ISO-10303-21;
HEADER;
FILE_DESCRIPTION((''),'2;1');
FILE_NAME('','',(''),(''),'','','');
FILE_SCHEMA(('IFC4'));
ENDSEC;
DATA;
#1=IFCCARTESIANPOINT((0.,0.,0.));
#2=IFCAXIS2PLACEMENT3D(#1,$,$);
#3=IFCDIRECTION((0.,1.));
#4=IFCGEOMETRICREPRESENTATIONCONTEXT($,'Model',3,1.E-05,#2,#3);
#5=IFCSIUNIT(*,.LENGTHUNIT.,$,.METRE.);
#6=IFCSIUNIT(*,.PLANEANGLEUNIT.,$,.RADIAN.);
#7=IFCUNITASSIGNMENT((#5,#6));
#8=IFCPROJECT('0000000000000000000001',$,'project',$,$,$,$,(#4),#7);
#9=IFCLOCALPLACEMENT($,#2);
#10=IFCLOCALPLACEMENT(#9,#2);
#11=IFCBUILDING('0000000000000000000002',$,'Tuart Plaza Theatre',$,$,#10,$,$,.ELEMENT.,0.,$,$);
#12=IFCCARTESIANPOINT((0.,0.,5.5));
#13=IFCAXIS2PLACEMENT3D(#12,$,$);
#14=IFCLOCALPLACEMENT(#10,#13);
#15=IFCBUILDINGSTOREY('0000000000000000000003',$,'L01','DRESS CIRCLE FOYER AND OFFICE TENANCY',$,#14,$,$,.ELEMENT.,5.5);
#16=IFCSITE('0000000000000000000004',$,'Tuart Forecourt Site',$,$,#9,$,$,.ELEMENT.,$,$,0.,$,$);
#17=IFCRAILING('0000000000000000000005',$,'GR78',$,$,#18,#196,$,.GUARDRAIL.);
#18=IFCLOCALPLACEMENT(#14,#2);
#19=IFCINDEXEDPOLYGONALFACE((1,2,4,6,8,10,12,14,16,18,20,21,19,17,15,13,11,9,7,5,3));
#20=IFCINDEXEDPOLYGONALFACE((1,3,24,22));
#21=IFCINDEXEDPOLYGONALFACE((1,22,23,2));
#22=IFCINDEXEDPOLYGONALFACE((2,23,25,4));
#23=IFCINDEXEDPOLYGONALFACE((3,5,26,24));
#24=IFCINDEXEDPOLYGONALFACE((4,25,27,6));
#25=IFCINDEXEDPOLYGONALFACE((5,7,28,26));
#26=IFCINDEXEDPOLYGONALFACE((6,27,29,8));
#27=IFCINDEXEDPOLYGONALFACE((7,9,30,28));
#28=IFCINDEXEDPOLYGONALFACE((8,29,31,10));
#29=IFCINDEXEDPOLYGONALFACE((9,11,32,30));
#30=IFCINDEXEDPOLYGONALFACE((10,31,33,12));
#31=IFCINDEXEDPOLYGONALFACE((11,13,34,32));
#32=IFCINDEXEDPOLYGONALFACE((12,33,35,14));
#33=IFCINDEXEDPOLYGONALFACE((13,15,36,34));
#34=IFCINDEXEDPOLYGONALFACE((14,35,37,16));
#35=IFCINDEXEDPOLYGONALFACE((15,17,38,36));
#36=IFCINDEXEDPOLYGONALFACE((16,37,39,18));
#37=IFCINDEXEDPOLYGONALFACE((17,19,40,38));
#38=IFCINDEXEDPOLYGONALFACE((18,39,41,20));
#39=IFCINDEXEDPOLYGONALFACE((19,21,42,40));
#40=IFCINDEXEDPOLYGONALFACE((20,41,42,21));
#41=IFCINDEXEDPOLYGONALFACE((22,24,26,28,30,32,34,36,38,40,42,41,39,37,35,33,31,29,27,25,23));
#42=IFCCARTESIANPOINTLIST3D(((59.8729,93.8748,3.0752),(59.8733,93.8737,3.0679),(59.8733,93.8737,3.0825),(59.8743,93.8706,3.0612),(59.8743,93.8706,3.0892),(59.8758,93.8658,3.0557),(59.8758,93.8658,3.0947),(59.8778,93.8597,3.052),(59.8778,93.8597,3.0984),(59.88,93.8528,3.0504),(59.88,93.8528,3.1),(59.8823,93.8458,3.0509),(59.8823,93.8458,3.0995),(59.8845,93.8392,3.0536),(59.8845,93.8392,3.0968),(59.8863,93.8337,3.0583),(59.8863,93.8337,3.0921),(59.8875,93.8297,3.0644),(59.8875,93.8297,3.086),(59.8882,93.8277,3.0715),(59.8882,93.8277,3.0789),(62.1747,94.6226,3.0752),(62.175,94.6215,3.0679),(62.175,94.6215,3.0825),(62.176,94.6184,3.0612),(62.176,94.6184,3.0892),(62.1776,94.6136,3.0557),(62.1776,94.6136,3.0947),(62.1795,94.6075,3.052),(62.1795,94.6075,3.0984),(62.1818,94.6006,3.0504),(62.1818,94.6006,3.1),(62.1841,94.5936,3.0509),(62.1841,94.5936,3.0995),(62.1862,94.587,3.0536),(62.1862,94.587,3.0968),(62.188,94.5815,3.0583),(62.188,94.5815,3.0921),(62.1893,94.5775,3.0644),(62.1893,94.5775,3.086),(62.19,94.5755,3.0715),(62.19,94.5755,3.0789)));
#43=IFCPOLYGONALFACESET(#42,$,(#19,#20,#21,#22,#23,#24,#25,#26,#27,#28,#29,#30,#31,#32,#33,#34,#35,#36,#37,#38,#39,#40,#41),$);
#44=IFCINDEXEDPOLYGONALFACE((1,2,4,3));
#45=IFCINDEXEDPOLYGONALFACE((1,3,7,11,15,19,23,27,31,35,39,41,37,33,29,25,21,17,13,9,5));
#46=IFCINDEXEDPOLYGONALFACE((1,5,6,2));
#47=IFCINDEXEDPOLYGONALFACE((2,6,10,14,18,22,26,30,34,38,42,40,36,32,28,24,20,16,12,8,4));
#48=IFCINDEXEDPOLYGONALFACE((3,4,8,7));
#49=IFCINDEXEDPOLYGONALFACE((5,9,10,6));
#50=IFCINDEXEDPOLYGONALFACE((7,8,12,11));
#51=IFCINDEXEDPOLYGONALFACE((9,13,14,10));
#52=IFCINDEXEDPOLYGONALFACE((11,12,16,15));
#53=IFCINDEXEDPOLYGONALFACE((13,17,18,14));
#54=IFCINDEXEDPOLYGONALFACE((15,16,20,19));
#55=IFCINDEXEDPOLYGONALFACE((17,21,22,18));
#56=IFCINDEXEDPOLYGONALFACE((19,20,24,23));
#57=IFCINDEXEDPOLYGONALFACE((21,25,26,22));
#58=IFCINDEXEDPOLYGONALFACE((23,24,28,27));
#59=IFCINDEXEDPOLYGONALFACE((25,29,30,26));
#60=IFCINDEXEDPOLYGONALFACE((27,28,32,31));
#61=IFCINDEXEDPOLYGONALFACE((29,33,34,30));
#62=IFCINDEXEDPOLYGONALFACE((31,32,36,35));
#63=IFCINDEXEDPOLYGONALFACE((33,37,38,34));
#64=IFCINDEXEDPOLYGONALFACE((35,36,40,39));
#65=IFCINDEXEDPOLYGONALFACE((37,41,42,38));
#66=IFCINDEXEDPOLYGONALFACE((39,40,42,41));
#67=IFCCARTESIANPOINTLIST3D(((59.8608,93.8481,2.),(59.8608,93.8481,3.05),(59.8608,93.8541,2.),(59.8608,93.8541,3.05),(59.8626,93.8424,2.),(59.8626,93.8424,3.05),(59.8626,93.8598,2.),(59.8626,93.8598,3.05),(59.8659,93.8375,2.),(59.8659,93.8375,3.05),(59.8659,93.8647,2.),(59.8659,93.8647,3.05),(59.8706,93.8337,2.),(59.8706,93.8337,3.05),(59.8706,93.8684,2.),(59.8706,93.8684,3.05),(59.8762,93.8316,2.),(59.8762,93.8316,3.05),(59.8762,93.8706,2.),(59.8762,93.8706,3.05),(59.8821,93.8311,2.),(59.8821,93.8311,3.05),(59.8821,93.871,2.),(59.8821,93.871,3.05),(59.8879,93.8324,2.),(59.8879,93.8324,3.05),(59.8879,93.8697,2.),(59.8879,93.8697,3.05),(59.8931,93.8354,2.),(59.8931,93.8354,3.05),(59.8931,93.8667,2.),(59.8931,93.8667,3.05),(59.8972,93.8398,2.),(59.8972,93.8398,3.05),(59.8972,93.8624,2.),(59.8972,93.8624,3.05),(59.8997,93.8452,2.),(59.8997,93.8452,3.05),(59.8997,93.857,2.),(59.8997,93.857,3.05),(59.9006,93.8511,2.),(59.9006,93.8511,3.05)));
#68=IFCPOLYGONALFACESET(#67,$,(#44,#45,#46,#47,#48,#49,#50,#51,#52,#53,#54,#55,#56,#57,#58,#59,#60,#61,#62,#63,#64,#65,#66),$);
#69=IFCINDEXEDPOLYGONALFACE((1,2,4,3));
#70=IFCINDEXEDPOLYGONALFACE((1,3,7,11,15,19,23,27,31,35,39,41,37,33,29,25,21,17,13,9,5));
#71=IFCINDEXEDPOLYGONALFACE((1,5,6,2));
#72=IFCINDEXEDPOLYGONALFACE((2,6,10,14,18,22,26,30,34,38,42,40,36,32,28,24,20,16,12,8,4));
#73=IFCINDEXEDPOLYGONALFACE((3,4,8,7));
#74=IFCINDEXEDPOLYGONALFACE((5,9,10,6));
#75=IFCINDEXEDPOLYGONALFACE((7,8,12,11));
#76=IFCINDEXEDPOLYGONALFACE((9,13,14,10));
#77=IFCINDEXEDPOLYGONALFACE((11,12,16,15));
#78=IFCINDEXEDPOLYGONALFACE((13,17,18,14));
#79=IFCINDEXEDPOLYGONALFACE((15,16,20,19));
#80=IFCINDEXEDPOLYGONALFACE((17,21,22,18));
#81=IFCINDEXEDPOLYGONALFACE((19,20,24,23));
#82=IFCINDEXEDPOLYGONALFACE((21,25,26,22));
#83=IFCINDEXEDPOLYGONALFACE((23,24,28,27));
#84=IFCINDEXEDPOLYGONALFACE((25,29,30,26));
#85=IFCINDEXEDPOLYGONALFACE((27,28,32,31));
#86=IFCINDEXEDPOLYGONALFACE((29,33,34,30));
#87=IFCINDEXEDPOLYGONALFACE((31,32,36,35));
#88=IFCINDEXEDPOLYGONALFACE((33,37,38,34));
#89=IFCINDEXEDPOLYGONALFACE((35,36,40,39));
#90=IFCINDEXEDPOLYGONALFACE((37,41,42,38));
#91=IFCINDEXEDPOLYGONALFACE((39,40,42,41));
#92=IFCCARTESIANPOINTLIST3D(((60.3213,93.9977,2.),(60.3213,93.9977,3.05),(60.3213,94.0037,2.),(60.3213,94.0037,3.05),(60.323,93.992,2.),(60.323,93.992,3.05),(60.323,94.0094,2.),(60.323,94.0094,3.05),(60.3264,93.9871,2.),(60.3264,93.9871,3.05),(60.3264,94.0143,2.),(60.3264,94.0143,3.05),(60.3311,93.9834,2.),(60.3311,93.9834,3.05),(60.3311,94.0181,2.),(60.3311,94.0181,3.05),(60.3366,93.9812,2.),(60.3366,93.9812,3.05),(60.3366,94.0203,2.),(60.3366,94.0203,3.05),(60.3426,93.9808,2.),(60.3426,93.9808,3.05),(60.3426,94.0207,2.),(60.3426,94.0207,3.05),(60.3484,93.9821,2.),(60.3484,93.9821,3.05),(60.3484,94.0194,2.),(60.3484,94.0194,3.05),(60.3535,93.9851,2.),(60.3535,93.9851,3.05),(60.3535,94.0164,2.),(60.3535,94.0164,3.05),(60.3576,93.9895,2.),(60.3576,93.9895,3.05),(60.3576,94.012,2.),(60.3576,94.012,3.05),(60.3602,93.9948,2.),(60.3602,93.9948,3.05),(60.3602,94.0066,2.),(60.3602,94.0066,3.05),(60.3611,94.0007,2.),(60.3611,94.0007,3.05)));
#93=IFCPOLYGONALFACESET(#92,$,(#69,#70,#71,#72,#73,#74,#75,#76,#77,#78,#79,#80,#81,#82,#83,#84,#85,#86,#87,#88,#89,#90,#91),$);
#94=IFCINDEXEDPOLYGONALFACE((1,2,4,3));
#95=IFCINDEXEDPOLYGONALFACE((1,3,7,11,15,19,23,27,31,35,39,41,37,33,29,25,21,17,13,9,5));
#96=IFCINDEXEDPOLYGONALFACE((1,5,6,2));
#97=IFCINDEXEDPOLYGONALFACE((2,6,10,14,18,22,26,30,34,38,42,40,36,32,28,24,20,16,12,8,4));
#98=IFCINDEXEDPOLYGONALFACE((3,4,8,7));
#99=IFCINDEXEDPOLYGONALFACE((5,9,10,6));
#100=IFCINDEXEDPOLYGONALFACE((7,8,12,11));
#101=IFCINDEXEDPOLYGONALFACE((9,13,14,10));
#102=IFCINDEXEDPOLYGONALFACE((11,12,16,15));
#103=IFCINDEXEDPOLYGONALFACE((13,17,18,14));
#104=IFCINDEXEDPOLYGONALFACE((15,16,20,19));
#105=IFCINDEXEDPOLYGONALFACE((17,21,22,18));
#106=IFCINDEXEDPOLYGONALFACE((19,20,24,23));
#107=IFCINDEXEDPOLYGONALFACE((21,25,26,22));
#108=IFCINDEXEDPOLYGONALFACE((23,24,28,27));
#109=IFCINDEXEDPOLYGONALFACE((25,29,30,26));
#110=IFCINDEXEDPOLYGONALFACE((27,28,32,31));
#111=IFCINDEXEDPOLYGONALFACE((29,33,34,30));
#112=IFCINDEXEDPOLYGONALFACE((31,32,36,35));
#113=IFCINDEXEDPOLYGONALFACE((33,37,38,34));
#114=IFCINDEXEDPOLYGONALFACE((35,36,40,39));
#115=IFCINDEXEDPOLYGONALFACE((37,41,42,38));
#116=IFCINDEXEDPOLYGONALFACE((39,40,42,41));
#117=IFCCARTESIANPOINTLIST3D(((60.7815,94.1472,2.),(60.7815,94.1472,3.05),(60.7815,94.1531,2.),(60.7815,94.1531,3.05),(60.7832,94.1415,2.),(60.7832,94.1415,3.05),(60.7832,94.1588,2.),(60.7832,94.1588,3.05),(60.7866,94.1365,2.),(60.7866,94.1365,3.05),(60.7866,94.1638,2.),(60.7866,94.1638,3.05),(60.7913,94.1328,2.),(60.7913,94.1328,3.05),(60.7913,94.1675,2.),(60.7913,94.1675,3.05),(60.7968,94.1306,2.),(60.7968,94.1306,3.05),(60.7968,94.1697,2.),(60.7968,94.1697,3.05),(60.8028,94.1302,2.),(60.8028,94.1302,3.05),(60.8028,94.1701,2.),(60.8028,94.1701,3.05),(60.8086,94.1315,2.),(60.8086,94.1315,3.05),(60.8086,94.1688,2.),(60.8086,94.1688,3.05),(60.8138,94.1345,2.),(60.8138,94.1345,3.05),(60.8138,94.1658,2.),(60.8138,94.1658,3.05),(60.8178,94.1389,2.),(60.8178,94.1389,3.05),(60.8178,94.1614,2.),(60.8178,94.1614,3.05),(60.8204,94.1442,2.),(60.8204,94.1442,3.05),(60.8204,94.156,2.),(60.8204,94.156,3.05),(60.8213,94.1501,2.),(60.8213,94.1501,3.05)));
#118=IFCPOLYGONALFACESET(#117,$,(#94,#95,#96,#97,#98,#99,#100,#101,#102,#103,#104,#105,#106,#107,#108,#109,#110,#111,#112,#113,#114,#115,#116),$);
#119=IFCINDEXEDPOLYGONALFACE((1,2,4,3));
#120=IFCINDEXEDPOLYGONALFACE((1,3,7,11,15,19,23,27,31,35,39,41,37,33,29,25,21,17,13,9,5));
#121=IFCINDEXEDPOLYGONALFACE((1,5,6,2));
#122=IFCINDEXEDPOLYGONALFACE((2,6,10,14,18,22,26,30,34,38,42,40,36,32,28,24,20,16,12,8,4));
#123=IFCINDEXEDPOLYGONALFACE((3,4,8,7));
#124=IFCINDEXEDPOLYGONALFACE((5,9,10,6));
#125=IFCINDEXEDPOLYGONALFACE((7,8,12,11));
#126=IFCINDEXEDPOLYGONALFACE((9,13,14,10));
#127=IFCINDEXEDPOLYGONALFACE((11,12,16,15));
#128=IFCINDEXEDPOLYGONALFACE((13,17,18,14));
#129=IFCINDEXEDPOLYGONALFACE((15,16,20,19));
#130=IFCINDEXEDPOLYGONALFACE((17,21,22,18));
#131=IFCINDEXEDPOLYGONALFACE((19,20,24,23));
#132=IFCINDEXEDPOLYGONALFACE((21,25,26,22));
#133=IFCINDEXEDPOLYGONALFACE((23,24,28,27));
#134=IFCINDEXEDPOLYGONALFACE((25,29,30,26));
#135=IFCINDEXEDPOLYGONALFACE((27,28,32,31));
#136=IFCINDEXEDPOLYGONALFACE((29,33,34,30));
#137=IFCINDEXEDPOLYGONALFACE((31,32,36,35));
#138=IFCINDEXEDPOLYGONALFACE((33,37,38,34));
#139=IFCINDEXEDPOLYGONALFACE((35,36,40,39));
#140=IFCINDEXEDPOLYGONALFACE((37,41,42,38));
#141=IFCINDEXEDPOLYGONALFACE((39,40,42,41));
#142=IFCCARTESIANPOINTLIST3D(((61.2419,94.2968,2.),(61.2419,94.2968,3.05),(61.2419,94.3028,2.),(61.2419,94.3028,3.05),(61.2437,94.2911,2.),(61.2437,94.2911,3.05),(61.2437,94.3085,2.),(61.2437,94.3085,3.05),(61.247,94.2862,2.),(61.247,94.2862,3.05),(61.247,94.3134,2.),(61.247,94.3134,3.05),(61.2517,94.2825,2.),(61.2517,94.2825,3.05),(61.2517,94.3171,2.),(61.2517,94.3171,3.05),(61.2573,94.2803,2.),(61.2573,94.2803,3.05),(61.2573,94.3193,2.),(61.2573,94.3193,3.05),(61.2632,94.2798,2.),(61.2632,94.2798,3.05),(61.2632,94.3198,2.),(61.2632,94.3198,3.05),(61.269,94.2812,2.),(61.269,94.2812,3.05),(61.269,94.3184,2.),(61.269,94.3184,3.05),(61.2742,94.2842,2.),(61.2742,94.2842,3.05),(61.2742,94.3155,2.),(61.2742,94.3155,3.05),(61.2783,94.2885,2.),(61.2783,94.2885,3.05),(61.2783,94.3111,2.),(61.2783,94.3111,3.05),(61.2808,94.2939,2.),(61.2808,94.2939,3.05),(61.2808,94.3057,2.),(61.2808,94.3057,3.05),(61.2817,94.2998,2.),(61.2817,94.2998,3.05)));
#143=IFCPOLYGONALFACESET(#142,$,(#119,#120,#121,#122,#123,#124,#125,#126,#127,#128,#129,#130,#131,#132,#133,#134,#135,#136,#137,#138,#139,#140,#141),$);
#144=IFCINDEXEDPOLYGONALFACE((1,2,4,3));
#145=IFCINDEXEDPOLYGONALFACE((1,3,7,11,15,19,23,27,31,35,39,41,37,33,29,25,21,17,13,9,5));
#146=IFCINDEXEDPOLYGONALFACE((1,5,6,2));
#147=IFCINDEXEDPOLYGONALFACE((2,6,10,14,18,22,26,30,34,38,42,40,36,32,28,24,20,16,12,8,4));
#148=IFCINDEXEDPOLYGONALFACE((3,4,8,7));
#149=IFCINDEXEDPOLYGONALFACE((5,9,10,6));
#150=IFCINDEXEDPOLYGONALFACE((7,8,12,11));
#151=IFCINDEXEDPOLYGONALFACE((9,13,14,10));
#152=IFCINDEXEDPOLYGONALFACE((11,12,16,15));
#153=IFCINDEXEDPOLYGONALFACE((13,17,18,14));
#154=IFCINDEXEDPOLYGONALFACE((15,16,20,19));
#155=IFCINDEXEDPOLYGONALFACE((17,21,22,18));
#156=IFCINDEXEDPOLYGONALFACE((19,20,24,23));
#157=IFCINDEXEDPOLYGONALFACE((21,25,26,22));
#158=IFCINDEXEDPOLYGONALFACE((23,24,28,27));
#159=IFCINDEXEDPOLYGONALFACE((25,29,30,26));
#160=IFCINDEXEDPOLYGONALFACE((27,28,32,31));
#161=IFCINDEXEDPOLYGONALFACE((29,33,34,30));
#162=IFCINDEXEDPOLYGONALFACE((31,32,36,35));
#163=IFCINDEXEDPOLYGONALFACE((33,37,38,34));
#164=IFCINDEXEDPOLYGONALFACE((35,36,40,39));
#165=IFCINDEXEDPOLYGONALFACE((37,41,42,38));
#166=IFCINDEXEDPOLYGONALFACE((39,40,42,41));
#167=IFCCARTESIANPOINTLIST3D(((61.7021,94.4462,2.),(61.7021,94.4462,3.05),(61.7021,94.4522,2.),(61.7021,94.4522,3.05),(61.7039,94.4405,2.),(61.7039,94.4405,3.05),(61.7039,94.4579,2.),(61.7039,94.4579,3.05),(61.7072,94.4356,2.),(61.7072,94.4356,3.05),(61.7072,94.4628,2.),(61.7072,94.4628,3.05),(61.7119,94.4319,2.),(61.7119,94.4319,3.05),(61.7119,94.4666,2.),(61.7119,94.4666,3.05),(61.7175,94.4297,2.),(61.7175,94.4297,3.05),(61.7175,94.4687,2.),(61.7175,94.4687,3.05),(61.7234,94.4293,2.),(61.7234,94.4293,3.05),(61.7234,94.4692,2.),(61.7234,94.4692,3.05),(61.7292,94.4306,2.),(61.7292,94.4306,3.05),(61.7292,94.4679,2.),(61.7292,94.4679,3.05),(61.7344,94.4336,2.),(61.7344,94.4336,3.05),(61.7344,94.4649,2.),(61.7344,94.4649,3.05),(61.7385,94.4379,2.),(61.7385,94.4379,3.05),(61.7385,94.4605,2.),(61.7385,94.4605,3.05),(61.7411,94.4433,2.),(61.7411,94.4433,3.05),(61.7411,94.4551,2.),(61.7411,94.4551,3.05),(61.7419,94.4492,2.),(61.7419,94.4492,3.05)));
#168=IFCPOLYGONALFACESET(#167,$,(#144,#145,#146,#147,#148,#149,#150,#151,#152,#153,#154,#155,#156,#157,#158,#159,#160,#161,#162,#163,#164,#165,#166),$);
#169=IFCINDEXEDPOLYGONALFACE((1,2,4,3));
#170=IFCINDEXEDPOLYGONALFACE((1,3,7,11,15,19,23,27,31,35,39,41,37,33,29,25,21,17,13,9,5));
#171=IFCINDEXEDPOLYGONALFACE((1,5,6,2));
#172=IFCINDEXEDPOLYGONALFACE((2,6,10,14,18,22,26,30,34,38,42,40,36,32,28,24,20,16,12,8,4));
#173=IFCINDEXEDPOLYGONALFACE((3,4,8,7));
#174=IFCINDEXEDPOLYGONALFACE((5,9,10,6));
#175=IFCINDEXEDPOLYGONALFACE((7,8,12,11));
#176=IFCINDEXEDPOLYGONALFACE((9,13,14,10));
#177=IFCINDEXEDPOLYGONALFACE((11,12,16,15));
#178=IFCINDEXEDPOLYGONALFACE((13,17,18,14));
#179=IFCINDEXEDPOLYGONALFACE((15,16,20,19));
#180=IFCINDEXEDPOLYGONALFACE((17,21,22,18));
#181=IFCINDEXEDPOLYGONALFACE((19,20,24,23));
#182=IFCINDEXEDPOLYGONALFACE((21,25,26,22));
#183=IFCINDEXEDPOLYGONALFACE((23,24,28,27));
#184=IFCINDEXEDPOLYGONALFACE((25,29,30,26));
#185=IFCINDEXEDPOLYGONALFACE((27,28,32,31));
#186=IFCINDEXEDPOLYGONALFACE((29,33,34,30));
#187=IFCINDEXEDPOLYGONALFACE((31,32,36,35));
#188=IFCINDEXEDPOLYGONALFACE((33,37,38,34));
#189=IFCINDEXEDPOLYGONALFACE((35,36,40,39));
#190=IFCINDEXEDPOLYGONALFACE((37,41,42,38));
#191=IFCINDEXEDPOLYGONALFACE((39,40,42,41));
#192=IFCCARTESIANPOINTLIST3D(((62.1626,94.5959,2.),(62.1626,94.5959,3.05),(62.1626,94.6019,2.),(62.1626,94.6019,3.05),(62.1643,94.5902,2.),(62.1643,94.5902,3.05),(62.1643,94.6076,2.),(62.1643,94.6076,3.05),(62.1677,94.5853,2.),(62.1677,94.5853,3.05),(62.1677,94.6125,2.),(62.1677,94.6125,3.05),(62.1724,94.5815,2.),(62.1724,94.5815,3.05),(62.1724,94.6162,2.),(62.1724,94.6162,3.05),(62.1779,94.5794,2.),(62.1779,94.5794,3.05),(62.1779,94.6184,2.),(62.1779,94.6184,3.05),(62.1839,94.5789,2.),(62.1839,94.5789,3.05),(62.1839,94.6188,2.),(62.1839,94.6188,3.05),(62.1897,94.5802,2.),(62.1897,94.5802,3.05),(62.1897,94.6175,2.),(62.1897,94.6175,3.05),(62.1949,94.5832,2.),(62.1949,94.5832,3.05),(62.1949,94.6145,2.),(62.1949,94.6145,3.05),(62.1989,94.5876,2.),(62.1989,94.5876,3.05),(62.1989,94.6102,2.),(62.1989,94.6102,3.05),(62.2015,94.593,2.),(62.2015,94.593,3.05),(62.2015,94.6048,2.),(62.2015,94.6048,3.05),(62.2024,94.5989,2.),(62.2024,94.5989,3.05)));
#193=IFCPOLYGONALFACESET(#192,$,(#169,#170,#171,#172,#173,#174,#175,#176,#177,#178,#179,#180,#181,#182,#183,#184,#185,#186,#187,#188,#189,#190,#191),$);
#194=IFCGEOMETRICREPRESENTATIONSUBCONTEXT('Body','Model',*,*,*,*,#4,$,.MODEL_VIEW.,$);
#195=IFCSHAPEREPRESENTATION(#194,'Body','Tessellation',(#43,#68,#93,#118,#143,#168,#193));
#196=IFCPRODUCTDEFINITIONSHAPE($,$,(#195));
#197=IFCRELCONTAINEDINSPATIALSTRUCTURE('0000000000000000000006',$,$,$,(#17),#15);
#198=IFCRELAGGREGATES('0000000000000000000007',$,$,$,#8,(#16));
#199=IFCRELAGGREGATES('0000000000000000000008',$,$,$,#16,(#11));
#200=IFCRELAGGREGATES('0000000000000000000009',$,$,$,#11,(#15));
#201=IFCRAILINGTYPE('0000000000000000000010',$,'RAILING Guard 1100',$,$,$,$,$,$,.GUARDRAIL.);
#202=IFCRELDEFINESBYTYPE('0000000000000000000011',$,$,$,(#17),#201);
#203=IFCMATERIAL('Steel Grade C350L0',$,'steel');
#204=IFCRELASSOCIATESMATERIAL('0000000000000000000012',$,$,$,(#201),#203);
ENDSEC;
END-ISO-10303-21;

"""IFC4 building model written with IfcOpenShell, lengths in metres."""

from ifc_helpers import new_model, si_unit, direction, frame, origin, origin_2d, place, context, subcontext, project, spatial, circle, extrude, material, type_object, element, save


model = new_model("IFC4")

# Units and contexts
model_context = context("Model", 3, precision=1e-05, world=origin(), true_north=direction((0.0, 1.0)))
body_context = subcontext(model_context, "Body", "Model", "MODEL_VIEW")
ifc_project = project(units=[si_unit("LENGTHUNIT", "METRE"), si_unit("PLANEANGLEUNIT", "RADIAN")], contexts=[model_context])

# Site, building, storey
site_placement = place(None, origin())
site = spatial("IfcSite", under=ifc_project, at=site_placement, Name="Tuart Forecourt Site", CompositionType="ELEMENT", RefElevation=0.0)
building_placement = place(site_placement, origin())
building = spatial("IfcBuilding", under=site, at=building_placement, Name="Tuart Plaza Theatre", CompositionType="ELEMENT", ElevationOfRefHeight=0.0)
storey_placement = place(building_placement, frame((0.0, 0.0, 5.5)))
storey = spatial("IfcBuildingStorey", under=building, at=storey_placement, Name="L01", Description="DRESS CIRCLE FOYER AND OFFICE TENANCY", CompositionType="ELEMENT", Elevation=5.5)

# Railing
ifc_material_1 = material(Name="Steel Grade C350L0", Category="steel")
railing_type_1 = type_object("IfcRailingType", Name="RAILING Guard 1100", PredefinedType="GUARDRAIL", material=ifc_material_1)
railing_1_placement = place(storey_placement, frame((59.8806, 93.8511, 2.0)))
element("IfcRailing", 1, at=railing_1_placement, inside=storey, type_object=railing_type_1, Name="GR78", PredefinedType="GUARDRAIL", context=body_context, shape_type="SweptSolid", body=[
    extrude(circle(Radius=0.0249, at=origin_2d()), frame((0.0, 0.0, 1.0752), z_axis=(0.951067, 0.308986, 0.0), x_axis=(-0.308986, 0.951067, 0.0)), (0.0, 0.0, 1.0), 2.4202),
    extrude(circle(Radius=0.02, at=origin_2d()), origin(), (0.0, 0.0, 1.0), 1.05),
    extrude(circle(Radius=0.02, at=origin_2d()), frame((0.4604, 0.1497, 0.0)), (0.0, 0.0, 1.0), 1.05),
    extrude(circle(Radius=0.02, at=origin_2d()), frame((0.9207, 0.2991, 0.0)), (0.0, 0.0, 1.0), 1.05),
    extrude(circle(Radius=0.02, at=origin_2d()), frame((1.3811, 0.4487, 0.0)), (0.0, 0.0, 1.0), 1.05),
    extrude(circle(Radius=0.02, at=origin_2d()), frame((1.8413, 0.5981, 0.0)), (0.0, 0.0, 1.0), 1.05),
    extrude(circle(Radius=0.02, at=origin_2d()), frame((2.3018, 0.7478, 0.0)), (0.0, 0.0, 1.0), 1.05),
])

save(model, "model.ifc")
